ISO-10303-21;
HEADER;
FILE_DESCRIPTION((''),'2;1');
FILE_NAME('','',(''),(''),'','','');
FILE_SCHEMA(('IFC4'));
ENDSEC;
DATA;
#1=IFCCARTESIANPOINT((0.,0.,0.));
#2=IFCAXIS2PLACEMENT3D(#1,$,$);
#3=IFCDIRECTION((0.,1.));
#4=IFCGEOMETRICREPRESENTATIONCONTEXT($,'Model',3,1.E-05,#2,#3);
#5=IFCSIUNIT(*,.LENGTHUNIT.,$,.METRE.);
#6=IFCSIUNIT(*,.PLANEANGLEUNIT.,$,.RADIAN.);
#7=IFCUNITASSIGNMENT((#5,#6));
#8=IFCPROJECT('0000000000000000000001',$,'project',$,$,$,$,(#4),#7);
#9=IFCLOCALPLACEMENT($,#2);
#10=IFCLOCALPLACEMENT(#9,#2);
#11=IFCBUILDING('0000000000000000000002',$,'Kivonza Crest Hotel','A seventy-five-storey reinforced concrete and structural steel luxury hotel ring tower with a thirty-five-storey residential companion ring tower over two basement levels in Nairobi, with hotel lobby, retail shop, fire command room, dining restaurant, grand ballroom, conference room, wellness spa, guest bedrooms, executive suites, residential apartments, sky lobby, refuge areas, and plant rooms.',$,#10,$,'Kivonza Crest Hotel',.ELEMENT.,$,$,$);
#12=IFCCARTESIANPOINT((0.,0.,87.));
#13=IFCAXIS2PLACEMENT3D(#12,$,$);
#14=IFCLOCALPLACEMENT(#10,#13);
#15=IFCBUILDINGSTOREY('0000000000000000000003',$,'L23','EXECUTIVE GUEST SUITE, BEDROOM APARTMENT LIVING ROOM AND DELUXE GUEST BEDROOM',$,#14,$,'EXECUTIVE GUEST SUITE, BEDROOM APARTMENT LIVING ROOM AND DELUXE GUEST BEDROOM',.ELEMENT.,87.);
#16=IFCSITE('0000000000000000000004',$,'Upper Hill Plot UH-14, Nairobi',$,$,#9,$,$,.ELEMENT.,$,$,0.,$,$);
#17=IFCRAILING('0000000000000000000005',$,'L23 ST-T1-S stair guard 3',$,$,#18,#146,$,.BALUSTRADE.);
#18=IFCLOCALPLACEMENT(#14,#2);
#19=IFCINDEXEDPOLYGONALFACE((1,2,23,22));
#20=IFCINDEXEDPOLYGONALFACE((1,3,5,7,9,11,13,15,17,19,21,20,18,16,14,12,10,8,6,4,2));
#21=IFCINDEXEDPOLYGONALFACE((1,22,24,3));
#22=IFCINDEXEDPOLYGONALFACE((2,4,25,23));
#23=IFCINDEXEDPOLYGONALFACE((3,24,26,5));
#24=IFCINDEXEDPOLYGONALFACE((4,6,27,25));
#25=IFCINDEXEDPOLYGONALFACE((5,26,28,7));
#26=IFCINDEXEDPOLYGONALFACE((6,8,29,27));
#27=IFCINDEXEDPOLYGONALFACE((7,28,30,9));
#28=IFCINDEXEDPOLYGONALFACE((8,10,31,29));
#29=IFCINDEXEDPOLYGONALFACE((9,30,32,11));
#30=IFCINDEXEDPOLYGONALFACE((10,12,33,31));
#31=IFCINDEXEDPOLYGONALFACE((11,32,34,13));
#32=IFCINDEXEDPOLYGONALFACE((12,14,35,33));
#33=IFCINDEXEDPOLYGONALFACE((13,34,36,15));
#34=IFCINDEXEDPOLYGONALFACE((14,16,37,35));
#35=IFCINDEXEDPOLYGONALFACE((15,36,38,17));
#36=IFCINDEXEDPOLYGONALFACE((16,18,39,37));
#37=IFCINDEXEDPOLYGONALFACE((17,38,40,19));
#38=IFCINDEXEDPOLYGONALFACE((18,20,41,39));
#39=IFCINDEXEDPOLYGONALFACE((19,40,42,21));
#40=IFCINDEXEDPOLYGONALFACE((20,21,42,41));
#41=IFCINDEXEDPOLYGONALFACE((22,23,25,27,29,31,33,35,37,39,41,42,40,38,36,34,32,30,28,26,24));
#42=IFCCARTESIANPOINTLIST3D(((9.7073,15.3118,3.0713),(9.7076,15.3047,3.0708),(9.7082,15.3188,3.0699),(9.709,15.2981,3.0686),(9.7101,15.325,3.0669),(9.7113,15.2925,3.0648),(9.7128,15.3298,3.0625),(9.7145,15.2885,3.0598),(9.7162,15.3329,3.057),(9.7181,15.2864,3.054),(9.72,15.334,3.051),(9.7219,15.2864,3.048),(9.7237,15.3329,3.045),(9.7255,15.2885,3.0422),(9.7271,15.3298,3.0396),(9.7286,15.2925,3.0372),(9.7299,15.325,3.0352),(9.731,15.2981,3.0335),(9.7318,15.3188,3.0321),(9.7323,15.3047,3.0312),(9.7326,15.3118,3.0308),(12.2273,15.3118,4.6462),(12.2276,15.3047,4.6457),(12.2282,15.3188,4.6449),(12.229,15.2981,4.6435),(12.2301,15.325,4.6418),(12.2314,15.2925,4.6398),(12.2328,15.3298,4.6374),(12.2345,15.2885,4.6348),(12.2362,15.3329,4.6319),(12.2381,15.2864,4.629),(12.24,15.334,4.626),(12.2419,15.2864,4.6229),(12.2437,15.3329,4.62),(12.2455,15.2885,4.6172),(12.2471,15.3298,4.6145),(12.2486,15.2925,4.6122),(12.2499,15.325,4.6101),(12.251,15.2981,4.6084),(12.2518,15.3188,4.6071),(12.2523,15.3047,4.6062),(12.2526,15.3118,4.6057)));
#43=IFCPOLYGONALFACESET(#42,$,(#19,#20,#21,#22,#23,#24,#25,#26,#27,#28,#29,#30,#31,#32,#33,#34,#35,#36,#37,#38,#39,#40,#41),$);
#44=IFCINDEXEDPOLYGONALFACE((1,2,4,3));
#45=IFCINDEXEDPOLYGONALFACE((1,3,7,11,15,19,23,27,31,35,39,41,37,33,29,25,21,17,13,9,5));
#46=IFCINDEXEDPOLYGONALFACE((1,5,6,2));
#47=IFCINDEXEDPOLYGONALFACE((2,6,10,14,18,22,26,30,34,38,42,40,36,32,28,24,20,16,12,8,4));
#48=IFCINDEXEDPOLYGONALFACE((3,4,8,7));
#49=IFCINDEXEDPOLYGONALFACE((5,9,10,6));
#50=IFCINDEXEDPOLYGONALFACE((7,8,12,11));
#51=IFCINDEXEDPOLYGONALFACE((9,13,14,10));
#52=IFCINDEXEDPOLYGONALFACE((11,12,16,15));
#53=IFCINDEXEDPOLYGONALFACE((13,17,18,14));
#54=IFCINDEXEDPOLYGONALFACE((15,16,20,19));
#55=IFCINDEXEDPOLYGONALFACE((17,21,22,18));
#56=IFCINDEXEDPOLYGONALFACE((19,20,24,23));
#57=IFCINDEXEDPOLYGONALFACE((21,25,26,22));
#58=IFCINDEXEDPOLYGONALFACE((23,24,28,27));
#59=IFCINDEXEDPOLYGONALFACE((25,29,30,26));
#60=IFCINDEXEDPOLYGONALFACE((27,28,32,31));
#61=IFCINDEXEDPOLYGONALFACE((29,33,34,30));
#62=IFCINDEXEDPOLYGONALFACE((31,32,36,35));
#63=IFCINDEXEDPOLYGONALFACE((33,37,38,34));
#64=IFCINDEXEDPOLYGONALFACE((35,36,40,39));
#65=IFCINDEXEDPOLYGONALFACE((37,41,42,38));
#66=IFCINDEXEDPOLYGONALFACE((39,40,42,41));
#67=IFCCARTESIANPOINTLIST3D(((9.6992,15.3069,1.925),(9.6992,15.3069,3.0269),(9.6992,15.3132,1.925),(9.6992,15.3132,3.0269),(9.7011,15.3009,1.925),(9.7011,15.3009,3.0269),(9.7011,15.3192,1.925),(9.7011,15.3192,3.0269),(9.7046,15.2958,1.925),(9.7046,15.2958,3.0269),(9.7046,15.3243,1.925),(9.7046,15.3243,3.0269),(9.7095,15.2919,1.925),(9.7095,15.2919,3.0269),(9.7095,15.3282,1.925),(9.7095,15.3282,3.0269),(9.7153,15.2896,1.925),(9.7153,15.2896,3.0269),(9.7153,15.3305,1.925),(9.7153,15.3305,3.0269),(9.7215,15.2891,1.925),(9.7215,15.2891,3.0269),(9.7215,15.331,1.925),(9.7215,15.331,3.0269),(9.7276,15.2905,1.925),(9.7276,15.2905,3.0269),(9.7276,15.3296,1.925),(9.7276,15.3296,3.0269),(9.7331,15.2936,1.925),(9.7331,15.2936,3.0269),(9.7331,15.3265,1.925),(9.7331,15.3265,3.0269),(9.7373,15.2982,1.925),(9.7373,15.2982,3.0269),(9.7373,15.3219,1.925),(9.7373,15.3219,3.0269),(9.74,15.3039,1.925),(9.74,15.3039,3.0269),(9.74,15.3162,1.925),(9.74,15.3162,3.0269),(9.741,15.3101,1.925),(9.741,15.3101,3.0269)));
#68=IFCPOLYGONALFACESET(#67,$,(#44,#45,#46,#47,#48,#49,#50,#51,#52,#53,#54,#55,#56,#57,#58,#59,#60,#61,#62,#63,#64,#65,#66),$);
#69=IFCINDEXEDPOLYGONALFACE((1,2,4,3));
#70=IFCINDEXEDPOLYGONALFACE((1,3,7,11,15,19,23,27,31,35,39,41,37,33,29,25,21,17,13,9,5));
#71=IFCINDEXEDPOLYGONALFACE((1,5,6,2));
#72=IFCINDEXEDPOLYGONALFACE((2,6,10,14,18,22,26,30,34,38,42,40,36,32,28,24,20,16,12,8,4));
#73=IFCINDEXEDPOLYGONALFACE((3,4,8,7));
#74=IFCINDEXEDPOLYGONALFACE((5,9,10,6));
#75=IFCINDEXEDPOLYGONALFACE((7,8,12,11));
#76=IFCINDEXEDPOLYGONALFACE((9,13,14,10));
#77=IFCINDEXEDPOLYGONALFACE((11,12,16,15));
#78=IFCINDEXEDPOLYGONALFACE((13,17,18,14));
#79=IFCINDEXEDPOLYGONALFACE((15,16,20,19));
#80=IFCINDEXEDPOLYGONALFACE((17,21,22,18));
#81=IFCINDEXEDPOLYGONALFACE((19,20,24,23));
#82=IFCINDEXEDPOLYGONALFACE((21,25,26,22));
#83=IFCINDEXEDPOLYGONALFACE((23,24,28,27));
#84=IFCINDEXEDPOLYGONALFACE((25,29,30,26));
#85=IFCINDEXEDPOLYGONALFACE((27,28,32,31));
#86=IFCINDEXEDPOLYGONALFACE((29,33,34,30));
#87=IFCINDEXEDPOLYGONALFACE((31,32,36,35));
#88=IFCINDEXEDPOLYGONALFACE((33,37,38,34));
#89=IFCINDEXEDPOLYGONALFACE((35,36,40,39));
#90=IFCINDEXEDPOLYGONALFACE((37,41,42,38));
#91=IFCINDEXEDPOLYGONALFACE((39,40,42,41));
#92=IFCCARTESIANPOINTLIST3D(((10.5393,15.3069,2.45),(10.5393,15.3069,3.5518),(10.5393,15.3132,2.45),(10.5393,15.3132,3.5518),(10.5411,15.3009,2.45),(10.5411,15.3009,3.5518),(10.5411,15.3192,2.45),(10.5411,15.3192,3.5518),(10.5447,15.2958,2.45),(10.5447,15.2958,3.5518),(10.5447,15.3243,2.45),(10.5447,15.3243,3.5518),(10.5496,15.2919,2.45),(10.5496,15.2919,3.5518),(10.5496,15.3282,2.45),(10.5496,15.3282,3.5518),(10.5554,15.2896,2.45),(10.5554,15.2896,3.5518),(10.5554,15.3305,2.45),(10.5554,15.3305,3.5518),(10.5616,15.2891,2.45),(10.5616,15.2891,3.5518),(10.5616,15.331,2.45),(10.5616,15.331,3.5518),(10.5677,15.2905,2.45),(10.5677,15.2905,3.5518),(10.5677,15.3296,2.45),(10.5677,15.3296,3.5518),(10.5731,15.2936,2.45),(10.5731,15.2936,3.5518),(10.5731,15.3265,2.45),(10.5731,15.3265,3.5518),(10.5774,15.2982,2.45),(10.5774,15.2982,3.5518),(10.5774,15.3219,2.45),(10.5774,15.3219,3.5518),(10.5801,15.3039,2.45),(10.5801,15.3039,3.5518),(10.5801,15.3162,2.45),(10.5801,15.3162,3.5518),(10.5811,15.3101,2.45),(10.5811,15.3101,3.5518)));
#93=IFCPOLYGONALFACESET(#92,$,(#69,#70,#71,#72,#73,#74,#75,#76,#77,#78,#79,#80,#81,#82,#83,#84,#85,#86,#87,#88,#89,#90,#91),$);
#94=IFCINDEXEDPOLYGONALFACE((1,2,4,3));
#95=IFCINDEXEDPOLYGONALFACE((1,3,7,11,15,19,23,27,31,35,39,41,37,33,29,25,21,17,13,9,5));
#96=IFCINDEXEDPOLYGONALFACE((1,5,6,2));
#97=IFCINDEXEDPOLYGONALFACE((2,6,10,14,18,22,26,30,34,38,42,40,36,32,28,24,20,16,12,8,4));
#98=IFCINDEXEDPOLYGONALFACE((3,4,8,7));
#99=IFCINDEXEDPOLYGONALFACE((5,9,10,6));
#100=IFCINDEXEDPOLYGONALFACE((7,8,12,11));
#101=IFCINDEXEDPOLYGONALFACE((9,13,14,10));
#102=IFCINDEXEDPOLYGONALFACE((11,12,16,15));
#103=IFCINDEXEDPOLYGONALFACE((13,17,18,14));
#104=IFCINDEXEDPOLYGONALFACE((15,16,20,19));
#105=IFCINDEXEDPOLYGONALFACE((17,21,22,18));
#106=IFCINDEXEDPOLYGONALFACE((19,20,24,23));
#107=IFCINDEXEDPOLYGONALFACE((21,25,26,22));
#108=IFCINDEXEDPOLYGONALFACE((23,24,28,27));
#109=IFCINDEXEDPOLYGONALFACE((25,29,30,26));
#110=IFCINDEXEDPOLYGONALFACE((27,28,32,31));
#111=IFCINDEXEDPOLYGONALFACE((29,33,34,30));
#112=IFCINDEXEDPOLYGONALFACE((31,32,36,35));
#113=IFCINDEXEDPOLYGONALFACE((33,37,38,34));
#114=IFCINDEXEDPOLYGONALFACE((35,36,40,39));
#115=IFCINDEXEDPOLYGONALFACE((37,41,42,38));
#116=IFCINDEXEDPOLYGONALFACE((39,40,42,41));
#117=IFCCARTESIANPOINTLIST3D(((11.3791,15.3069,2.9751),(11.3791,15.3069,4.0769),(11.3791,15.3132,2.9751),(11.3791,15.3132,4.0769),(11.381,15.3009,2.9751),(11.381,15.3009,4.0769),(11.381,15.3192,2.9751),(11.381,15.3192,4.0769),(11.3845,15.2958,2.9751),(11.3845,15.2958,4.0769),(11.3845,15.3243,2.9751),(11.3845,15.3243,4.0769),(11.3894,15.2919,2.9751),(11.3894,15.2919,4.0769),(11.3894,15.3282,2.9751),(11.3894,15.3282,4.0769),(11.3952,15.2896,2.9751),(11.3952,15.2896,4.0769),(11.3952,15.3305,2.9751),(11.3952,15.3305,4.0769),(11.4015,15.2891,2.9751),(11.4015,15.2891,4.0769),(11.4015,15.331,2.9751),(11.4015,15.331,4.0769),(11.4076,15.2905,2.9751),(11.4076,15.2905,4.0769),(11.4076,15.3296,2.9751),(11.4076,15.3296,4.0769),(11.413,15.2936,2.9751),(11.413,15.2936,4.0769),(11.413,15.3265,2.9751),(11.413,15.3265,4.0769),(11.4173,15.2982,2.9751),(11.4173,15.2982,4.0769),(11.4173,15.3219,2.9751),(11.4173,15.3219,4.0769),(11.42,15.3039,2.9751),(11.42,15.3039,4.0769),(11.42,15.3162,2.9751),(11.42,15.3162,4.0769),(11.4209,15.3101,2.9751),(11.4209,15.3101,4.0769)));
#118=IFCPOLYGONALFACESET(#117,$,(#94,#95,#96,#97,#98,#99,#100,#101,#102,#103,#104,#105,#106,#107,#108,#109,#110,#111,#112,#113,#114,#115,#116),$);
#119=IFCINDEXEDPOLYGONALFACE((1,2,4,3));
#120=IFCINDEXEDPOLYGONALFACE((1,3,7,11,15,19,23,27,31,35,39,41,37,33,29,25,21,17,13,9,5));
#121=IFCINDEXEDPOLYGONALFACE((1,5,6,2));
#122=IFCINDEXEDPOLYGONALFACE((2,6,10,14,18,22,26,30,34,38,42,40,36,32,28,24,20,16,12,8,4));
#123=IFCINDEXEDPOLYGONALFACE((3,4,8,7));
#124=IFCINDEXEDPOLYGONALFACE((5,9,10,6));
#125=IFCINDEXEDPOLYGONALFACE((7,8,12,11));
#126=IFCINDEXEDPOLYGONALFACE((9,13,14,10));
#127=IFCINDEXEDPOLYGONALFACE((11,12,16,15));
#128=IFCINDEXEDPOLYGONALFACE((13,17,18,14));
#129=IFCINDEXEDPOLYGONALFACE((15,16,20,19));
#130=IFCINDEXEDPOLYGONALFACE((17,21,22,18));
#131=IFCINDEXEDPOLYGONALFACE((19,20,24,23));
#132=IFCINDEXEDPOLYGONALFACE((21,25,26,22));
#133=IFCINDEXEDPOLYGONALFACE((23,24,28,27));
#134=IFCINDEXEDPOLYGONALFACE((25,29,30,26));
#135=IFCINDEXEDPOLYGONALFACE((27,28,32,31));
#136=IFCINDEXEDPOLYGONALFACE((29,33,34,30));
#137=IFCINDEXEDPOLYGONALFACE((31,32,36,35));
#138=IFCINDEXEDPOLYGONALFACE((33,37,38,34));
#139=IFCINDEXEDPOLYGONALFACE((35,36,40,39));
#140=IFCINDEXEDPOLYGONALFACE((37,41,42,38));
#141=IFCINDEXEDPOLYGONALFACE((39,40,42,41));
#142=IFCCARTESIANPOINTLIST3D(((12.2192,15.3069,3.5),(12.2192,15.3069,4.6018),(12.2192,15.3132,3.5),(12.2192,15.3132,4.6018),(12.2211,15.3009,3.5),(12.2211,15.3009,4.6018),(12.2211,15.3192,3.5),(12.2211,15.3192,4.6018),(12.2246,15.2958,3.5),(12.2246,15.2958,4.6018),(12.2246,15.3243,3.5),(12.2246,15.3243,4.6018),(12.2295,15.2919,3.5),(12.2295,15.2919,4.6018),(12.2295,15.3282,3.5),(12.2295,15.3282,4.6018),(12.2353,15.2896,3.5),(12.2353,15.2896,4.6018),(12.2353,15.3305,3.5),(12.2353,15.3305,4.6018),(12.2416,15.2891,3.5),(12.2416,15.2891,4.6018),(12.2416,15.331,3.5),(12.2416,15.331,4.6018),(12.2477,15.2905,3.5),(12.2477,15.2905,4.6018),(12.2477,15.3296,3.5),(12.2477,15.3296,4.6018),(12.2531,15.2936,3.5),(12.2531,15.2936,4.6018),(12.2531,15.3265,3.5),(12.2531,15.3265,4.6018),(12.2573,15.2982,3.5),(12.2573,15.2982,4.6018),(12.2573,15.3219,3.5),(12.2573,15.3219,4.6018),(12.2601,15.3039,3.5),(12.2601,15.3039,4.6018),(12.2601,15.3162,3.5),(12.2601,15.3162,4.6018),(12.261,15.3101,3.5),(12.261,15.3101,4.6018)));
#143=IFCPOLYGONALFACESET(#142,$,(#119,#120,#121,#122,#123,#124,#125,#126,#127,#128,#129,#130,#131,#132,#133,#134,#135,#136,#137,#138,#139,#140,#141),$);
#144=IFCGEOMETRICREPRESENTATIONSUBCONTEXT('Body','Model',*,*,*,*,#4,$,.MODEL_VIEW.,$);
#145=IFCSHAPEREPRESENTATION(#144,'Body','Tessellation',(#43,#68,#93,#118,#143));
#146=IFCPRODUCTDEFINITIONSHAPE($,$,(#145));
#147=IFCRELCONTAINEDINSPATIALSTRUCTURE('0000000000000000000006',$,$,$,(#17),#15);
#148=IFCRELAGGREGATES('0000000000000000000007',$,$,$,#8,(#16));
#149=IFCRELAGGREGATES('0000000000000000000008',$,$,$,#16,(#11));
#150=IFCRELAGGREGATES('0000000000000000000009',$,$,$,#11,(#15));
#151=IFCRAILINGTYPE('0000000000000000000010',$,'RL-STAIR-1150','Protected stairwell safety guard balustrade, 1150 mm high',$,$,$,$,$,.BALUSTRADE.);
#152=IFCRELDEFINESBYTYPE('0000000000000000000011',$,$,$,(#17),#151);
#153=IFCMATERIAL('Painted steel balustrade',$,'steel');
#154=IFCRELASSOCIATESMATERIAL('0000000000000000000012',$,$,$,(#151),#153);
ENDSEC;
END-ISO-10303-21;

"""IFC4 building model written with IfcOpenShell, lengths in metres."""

from ifc_helpers import new_model, si_unit, direction, frame, origin, origin_2d, place, context, subcontext, project, spatial, circle, extrude, material, type_object, element, save


model = new_model("IFC4")

# Units and contexts
model_context = context("Model", 3, precision=1e-05, world=origin(), true_north=direction((0.0, 1.0)))
body_context = subcontext(model_context, "Body", "Model", "MODEL_VIEW")
ifc_project = project(units=[si_unit("LENGTHUNIT", "METRE"), si_unit("PLANEANGLEUNIT", "RADIAN")], contexts=[model_context])

# Site, building, storey
site_placement = place(None, origin())
site = spatial("IfcSite", under=ifc_project, at=site_placement, Name="Upper Hill Plot UH-14, Nairobi", CompositionType="ELEMENT", RefElevation=0.0)
building_placement = place(site_placement, origin())
building = spatial("IfcBuilding", under=site, at=building_placement, Name="Kivonza Crest Hotel", Description="A seventy-five-storey reinforced concrete and structural steel luxury hotel ring tower with a thirty-five-storey residential companion ring tower over two basement levels in Nairobi, with hotel lobby, retail shop, fire command room, dining restaurant, grand ballroom, conference room, wellness spa, guest bedrooms, executive suites, residential apartments, sky lobby, refuge areas, and plant rooms.", LongName="Kivonza Crest Hotel", CompositionType="ELEMENT")
storey_placement = place(building_placement, frame((0.0, 0.0, 87.0)))
storey = spatial("IfcBuildingStorey", under=building, at=storey_placement, Name="L23", Description="EXECUTIVE GUEST SUITE, BEDROOM APARTMENT LIVING ROOM AND DELUXE GUEST BEDROOM", LongName="EXECUTIVE GUEST SUITE, BEDROOM APARTMENT LIVING ROOM AND DELUXE GUEST BEDROOM", CompositionType="ELEMENT", Elevation=87.0)

# Railing
ifc_material_1 = material(Name="Painted steel balustrade", Category="steel")
railing_type_1 = type_object("IfcRailingType", Name="RL-STAIR-1150", Description="Protected stairwell safety guard balustrade, 1150 mm high", PredefinedType="BALUSTRADE", material=ifc_material_1)
railing_1_placement = place(storey_placement, frame((9.72, 15.3101, 1.925)))
element("IfcRailing", 1, at=railing_1_placement, inside=storey, type_object=railing_type_1, Name="L23 ST-T1-S stair guard 3", PredefinedType="BALUSTRADE", context=body_context, shape_type="SweptSolid", body=[
    extrude(circle(Radius=0.0239, at=origin_2d()), frame((0.0, 0.0, 1.126), z_axis=(0.848008, 0.0, 0.529984), x_axis=(0.0, 1.0, 0.0)), (0.0, 0.0, 1.0), 2.9717),
    extrude(circle(Radius=0.021, at=origin_2d()), origin(), (0.0, 0.0, 1.0), 1.1018),
    extrude(circle(Radius=0.021, at=origin_2d()), frame((0.8401, 0.0, 0.5249)), (0.0, 0.0, 1.0), 1.1018),
    extrude(circle(Radius=0.021, at=origin_2d()), frame((1.6799, 0.0, 1.05)), (0.0, 0.0, 1.0), 1.1018),
    extrude(circle(Radius=0.021, at=origin_2d()), frame((2.52, 0.0, 1.575)), (0.0, 0.0, 1.0), 1.1018),
])

save(model, "model.ifc")
